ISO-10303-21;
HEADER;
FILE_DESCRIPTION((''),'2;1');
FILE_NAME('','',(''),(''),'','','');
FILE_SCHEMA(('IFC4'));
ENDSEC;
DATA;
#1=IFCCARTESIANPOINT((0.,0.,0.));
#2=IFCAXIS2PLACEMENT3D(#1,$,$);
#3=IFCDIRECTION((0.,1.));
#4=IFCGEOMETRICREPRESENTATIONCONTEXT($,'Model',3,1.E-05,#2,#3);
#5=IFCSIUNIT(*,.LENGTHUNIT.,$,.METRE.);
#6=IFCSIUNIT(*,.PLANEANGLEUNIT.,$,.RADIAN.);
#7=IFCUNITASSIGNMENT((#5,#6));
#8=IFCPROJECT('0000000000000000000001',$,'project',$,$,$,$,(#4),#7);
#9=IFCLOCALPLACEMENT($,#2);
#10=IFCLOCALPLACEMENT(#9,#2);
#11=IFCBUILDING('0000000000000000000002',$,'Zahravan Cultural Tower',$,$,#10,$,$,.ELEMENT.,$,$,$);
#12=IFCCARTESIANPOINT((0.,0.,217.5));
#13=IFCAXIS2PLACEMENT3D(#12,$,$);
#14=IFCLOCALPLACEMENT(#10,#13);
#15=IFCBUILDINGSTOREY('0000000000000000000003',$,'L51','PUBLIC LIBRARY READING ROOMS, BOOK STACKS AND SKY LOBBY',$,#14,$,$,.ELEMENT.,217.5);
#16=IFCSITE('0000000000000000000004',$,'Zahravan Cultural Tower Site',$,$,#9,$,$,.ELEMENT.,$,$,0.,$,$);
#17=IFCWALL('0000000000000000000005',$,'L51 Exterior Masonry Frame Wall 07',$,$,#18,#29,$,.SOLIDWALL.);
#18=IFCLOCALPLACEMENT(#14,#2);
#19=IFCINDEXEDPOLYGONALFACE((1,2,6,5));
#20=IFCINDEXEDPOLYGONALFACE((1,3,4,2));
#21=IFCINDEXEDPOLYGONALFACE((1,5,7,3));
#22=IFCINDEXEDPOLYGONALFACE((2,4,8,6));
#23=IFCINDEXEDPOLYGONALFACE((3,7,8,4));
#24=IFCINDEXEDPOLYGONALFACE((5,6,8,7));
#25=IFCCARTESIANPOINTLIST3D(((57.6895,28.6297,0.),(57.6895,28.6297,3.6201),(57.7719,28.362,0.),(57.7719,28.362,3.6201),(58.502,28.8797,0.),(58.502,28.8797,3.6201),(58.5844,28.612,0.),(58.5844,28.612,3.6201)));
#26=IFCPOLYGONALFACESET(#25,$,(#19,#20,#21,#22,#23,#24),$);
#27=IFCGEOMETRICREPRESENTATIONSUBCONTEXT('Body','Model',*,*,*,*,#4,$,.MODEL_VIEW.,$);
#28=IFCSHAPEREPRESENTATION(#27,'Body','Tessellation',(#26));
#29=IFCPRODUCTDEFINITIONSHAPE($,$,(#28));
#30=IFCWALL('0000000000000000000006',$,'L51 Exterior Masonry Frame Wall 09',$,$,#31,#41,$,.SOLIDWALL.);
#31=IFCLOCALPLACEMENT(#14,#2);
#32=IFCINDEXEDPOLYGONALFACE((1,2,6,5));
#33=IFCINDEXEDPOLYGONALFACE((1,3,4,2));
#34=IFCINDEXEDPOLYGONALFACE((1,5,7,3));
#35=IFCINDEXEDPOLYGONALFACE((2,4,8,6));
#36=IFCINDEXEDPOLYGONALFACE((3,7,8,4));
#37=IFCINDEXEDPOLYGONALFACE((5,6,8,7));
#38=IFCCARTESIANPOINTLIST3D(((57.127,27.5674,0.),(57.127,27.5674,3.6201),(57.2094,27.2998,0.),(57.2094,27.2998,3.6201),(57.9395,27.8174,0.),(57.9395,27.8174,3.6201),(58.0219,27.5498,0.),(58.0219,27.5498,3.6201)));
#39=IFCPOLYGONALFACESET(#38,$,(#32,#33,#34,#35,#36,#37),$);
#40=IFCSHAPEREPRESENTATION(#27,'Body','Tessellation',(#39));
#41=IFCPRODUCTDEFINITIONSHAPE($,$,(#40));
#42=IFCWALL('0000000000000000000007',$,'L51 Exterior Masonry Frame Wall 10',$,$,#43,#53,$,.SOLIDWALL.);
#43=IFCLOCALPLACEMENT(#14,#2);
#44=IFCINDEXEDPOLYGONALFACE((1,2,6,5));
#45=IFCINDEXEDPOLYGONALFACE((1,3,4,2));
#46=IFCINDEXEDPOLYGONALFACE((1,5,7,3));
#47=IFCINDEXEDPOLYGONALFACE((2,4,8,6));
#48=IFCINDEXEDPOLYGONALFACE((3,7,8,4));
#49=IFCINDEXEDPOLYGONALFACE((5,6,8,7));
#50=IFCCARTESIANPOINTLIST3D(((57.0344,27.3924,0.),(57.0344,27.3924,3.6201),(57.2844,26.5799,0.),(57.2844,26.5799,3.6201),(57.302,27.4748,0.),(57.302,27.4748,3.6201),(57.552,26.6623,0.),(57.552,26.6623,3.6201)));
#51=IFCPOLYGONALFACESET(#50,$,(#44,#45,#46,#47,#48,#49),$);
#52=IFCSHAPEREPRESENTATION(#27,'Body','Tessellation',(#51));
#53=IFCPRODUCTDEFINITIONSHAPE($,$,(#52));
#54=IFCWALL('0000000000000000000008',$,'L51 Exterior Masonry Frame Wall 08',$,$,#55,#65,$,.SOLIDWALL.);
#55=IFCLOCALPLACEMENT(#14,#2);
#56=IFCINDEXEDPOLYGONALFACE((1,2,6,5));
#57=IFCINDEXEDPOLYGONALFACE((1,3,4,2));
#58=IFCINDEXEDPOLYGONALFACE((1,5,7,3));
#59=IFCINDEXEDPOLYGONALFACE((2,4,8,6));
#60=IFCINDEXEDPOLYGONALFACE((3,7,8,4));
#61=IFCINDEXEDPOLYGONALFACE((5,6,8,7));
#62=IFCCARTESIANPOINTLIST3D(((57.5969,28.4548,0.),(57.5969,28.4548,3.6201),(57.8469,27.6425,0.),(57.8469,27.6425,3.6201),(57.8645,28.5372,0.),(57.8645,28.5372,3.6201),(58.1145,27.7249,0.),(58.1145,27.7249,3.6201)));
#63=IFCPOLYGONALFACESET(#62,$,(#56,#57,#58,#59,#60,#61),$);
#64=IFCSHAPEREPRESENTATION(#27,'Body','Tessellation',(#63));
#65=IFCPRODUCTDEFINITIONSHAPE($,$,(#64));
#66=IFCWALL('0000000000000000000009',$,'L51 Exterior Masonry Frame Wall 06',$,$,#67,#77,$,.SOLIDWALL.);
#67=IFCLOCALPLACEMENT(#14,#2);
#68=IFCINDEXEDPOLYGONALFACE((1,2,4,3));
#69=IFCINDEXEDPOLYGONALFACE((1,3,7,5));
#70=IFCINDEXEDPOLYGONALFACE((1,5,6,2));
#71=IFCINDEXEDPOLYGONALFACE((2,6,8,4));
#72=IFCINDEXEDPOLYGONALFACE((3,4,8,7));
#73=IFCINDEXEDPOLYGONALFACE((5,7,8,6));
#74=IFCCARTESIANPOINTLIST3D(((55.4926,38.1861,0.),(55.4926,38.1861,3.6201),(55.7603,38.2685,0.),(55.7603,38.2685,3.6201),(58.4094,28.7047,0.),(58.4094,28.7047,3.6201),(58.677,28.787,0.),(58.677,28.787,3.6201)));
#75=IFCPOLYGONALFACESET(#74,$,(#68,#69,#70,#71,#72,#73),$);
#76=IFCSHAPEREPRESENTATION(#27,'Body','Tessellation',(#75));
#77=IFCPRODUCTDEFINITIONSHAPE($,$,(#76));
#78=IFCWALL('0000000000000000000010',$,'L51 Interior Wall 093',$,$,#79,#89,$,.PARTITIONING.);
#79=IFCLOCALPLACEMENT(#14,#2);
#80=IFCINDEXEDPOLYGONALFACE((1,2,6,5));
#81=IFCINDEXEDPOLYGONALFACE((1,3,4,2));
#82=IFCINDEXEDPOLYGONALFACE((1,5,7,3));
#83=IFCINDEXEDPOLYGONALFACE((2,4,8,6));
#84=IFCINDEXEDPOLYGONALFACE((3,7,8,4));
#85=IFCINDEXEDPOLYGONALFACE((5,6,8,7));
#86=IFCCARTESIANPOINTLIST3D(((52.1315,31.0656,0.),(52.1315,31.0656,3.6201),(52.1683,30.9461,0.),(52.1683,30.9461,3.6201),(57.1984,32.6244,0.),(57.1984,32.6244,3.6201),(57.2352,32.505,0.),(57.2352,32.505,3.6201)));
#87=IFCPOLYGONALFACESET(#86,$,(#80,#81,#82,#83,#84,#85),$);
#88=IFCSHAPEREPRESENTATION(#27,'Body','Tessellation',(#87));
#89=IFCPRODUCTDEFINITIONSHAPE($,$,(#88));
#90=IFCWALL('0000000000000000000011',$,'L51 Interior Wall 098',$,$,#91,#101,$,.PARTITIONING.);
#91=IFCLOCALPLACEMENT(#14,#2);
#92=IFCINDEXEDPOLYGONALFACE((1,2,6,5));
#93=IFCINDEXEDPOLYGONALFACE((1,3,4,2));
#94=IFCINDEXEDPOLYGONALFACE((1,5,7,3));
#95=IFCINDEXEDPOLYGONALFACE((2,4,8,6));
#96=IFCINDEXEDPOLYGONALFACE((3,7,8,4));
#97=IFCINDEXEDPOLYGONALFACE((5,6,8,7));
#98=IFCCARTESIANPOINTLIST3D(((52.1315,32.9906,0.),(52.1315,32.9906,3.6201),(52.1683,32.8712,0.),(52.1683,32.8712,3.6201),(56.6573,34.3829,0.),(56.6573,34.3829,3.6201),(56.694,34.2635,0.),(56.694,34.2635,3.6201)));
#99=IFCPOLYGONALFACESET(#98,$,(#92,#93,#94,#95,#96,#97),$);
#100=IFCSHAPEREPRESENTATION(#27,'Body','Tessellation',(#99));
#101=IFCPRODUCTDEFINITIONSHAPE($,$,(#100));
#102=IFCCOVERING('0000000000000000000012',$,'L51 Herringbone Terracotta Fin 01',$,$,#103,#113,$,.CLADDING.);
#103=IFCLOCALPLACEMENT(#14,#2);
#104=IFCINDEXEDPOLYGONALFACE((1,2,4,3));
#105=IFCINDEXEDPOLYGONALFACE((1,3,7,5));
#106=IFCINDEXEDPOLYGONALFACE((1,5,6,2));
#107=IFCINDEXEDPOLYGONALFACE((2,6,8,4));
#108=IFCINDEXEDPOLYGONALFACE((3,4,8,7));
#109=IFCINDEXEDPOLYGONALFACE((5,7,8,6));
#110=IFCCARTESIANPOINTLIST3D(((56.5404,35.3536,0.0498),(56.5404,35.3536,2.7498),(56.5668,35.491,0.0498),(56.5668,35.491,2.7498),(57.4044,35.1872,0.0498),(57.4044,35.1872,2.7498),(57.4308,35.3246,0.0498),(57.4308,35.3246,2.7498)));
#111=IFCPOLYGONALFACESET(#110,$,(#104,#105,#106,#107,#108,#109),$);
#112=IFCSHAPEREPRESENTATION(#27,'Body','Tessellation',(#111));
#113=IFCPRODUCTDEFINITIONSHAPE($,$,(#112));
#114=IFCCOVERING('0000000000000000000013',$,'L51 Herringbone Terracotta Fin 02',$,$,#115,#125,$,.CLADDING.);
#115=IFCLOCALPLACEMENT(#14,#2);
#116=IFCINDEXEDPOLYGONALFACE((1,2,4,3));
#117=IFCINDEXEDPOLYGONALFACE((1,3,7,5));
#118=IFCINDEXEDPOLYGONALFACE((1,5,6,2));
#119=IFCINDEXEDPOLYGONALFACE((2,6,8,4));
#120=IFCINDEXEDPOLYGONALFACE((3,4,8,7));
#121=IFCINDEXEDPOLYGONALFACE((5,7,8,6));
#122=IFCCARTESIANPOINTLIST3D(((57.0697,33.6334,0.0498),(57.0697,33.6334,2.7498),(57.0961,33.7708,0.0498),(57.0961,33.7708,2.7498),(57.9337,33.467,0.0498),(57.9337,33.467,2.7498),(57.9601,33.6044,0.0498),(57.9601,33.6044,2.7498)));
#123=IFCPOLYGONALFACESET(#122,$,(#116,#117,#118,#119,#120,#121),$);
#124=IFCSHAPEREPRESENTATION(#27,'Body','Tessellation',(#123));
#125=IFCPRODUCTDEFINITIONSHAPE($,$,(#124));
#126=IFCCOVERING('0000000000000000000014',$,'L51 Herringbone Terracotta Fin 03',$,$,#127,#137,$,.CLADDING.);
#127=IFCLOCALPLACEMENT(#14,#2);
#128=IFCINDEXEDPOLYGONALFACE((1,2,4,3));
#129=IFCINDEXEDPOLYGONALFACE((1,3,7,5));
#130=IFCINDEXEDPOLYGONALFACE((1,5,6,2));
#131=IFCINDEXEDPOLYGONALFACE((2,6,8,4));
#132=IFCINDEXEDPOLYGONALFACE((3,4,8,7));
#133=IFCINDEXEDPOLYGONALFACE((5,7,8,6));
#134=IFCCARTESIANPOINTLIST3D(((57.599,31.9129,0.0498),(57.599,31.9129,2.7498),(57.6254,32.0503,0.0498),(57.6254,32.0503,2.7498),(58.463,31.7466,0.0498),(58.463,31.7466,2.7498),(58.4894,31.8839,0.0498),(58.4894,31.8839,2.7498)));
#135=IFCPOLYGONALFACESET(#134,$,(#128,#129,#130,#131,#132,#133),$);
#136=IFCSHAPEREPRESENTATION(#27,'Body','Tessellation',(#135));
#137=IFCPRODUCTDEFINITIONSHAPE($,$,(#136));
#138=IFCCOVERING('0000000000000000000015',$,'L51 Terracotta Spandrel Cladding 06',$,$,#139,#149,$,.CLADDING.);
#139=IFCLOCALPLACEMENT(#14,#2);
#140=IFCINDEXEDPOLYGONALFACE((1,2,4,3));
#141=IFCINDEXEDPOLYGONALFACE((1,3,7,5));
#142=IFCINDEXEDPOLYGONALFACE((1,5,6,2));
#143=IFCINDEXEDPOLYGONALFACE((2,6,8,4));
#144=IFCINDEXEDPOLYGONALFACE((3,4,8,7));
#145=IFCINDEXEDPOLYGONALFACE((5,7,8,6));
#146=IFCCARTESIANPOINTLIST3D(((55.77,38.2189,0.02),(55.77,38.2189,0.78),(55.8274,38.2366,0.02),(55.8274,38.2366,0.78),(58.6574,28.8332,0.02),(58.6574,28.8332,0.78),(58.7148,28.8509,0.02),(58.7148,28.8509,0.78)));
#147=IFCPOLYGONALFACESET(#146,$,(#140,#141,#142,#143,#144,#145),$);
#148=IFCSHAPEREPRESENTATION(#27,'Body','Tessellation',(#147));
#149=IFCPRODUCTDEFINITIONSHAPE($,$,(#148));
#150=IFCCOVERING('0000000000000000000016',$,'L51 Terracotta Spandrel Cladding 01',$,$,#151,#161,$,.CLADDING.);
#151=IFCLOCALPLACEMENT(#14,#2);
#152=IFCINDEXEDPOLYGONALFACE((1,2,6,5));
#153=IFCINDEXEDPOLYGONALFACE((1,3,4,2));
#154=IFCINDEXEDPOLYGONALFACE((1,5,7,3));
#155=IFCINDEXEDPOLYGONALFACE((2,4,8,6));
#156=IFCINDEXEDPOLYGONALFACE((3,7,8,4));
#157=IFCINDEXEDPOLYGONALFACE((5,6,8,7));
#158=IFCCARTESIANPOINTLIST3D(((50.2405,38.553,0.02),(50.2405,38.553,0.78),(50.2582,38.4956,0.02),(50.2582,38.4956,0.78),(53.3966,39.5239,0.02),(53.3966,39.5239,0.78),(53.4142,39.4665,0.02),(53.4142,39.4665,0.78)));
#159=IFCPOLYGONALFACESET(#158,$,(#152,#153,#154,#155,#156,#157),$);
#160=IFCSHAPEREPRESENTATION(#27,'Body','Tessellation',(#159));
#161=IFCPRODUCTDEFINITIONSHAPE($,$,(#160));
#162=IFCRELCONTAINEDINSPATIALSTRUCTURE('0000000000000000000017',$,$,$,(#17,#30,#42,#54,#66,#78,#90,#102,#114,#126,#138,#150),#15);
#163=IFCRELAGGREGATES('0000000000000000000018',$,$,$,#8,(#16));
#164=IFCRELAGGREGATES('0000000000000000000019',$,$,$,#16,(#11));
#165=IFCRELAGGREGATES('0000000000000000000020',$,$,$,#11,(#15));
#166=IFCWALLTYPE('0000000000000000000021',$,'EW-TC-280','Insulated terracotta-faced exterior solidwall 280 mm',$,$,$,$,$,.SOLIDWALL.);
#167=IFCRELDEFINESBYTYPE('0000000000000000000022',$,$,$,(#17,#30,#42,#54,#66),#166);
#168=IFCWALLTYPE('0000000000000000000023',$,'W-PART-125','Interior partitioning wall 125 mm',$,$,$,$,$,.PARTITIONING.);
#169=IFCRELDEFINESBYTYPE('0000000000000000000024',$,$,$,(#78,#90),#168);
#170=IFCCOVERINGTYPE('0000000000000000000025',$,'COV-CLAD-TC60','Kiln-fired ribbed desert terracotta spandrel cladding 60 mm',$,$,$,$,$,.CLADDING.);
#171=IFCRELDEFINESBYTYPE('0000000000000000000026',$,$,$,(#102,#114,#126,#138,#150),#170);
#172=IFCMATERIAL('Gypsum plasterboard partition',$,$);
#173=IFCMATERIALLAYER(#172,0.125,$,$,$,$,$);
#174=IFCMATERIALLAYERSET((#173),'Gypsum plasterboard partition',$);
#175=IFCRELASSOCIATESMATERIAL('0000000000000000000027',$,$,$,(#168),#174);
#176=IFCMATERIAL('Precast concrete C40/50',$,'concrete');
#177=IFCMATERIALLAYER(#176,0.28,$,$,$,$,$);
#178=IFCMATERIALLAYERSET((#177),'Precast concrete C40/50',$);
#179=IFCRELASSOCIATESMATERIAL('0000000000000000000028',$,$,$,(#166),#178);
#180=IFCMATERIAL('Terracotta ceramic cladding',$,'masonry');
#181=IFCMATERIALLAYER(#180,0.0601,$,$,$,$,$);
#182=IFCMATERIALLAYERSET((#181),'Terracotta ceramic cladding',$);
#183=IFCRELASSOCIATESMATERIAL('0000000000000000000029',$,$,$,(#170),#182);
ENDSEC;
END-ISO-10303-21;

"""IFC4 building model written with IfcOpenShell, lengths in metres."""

from ifc_helpers import new_model, si_unit, direction, frame, frame_2d, origin, origin_2d, place, context, subcontext, project, spatial, rectangle, extrude, source, transform, mapped, material, layer, layer_set, type_object, element, save


model = new_model("IFC4")

# Units and contexts
model_context = context("Model", 3, precision=1e-05, world=origin(), true_north=direction((0.0, 1.0)))
body_context = subcontext(model_context, "Body", "Model", "MODEL_VIEW")
ifc_project = project(units=[si_unit("LENGTHUNIT", "METRE"), si_unit("PLANEANGLEUNIT", "RADIAN")], contexts=[model_context])

# Site, building, storey
site_placement = place(None, origin())
site = spatial("IfcSite", under=ifc_project, at=site_placement, Name="Zahravan Cultural Tower Site", CompositionType="ELEMENT", RefElevation=0.0)
building_placement = place(site_placement, origin())
building = spatial("IfcBuilding", under=site, at=building_placement, Name="Zahravan Cultural Tower", CompositionType="ELEMENT")
storey_placement = place(building_placement, frame((0.0, 0.0, 217.5)))
storey = spatial("IfcBuildingStorey", under=building, at=storey_placement, Name="L51", Description="PUBLIC LIBRARY READING ROOMS, BOOK STACKS AND SKY LOBBY", CompositionType="ELEMENT", Elevation=217.5)

# Shared definitions
ifc_material_1 = material(Name="Gypsum plasterboard partition")
ifc_layer_1 = layer(ifc_material_1, 0.125)
ifc_layer_set_1 = layer_set([ifc_layer_1], Name="Gypsum plasterboard partition")
wall_type_1 = type_object("IfcWallType", Name="W-PART-125", Description="Interior partitioning wall 125 mm", PredefinedType="PARTITIONING", material=ifc_layer_set_1)

# Walls
ifc_material_2 = material(Name="Precast concrete C40/50", Category="concrete")
ifc_layer_2 = layer(ifc_material_2, 0.28)
ifc_layer_set_2 = layer_set([ifc_layer_2], Name="Precast concrete C40/50")
wall_type_2 = type_object("IfcWallType", Name="EW-TC-280", Description="Insulated terracotta-faced exterior solidwall 280 mm", PredefinedType="SOLIDWALL", material=ifc_layer_set_2)
shared_shape_1 = source(origin(), body_context, "Body", "SweptSolid", [
    extrude(rectangle(XDim=0.8501, YDim=0.28, at=frame_2d((0.425, 0.0))), origin(), (0.0, 0.0, 1.0), 3.6201),
])
for number, where, z_axis, x_axis, name in (
    (1, (58.5432, 28.7458, 0.0), (0.0, 0.0, 1.0), (-0.955779, -0.294086, 0.0), "L51 Exterior Masonry Frame Wall 07"),
    (2, (57.9807, 27.6836, 0.0), (0.0, 0.0, 1.0), (-0.955779, -0.294086, 0.0), "L51 Exterior Masonry Frame Wall 09"),
    (3, (57.1682, 27.4336, 0.0), (0.0, 0.0, 1.0), (0.294086, -0.955779, 0.0), "L51 Exterior Masonry Frame Wall 10"),
):
    element("IfcWall", number, at=place(storey_placement, frame(where, z_axis=z_axis, x_axis=x_axis)), inside=storey, type_object=wall_type_2, Name=name, PredefinedType="SOLIDWALL", context=body_context, shape_type="MappedRepresentation", body=[
        mapped(shared_shape_1, transform((0.0, 0.0, 0.0), x_axis=(1.0, 0.0, 0.0), y_axis=(0.0, 1.0, 0.0), z_axis=(0.0, 0.0, 1.0), scale=1.0)),
    ])
shared_shape_2 = source(origin(), body_context, "Body", "SweptSolid", [
    extrude(rectangle(XDim=0.8499, YDim=0.28, at=frame_2d((0.4248, 0.0))), origin(), (0.0, 0.0, 1.0), 3.6201),
])
wall_1_placement = place(storey_placement, frame((57.7307, 28.4958, 0.0), z_axis=(0.0, 0.0, 1.0), x_axis=(0.294167, -0.955754, 0.0)))
element("IfcWall", 4, at=wall_1_placement, inside=storey, type_object=wall_type_2, Name="L51 Exterior Masonry Frame Wall 08", PredefinedType="SOLIDWALL", context=body_context, shape_type="MappedRepresentation", body=[
    mapped(shared_shape_2, transform((0.0, 0.0, 0.0), x_axis=(1.0, 0.0, 0.0), y_axis=(0.0, 1.0, 0.0), z_axis=(0.0, 0.0, 1.0), scale=1.0)),
])
shared_shape_3 = source(origin(), body_context, "Body", "SweptSolid", [
    extrude(rectangle(XDim=9.9199, YDim=0.28, at=frame_2d((4.96, 0.0))), origin(), (0.0, 0.0, 1.0), 3.6201),
])
wall_2_placement = place(storey_placement, frame((55.6265, 38.2273, 0.0), z_axis=(0.0, 0.0, 1.0), x_axis=(0.294029, -0.955797, 0.0)))
element("IfcWall", 5, at=wall_2_placement, inside=storey, type_object=wall_type_2, Name="L51 Exterior Masonry Frame Wall 06", PredefinedType="SOLIDWALL", context=body_context, shape_type="MappedRepresentation", body=[
    mapped(shared_shape_3, transform((0.0, 0.0, 0.0), x_axis=(1.0, 0.0, 0.0), y_axis=(0.0, 1.0, 0.0), z_axis=(0.0, 0.0, 1.0), scale=1.0)),
])
shared_shape_4 = source(origin(), body_context, "Body", "SweptSolid", [
    extrude(rectangle(XDim=5.3013, YDim=0.125, at=frame_2d((2.6506, 0.0))), origin(), (0.0, 0.0, 1.0), 3.6201),
])
wall_3_placement = place(storey_placement, frame((52.1499, 31.0059, 0.0), z_axis=(0.0, 0.0, 1.0), x_axis=(0.95579, 0.29405, 0.0)))
element("IfcWall", 6, at=wall_3_placement, inside=storey, type_object=wall_type_1, Name="L51 Interior Wall 093", PredefinedType="PARTITIONING", context=body_context, shape_type="MappedRepresentation", body=[
    mapped(shared_shape_4, transform((0.0, 0.0, 0.0), x_axis=(1.0, 0.0, 0.0), y_axis=(0.0, 1.0, 0.0), z_axis=(0.0, 0.0, 1.0), scale=1.0)),
])
shared_shape_5 = source(origin(), body_context, "Body", "SweptSolid", [
    extrude(rectangle(XDim=4.7351, YDim=0.125, at=frame_2d((2.3677, 0.0))), origin(), (0.0, 0.0, 1.0), 3.6201),
])
wall_4_placement = place(storey_placement, frame((56.6758, 34.3232, 0.0), z_axis=(0.0, 0.0, 1.0), x_axis=(-0.955793, -0.294039, 0.0)))
element("IfcWall", 7, at=wall_4_placement, inside=storey, type_object=wall_type_1, Name="L51 Interior Wall 098", PredefinedType="PARTITIONING", context=body_context, shape_type="MappedRepresentation", body=[
    mapped(shared_shape_5, transform((0.0, 0.0, 0.0), x_axis=(1.0, 0.0, 0.0), y_axis=(0.0, 1.0, 0.0), z_axis=(0.0, 0.0, 1.0), scale=1.0)),
])

# Coverings
ifc_material_3 = material(Name="Terracotta ceramic cladding", Category="masonry")
ifc_layer_3 = layer(ifc_material_3, 0.0601)
ifc_layer_set_3 = layer_set([ifc_layer_3], Name="Terracotta ceramic cladding")
covering_type = type_object("IfcCoveringType", Name="COV-CLAD-TC60", Description="Kiln-fired ribbed desert terracotta spandrel cladding 60 mm", PredefinedType="CLADDING", material=ifc_layer_set_3)
shared_shape_6 = source(origin(), body_context, "Body", "SweptSolid", [
    extrude(rectangle(XDim=0.8799, YDim=0.1399, at=origin_2d()), origin(), (0.0, 0.0, 1.0), 2.7),
])
for number, where, z_axis, x_axis, name in (
    (8, (56.9856, 35.3391, 0.0498), (0.0, 0.0, 1.0), (0.981959, -0.189095, 0.0), "L51 Herringbone Terracotta Fin 01"),
    (9, (57.5149, 33.6189, 0.0498), (0.0, 0.0, 1.0), (0.981959, -0.189095, 0.0), "L51 Herringbone Terracotta Fin 02"),
    (10, (58.0442, 31.8984, 0.0498), (0.0, 0.0, 1.0), (0.981959, -0.189095, 0.0), "L51 Herringbone Terracotta Fin 03"),
):
    element("IfcCovering", number, at=place(storey_placement, frame(where, z_axis=z_axis, x_axis=x_axis)), inside=storey, type_object=covering_type, Name=name, PredefinedType="CLADDING", context=body_context, shape_type="MappedRepresentation", body=[
        mapped(shared_shape_6, transform((0.0, 0.0, 0.0), x_axis=(1.0, 0.0, 0.0), y_axis=(0.0, 1.0, 0.0), z_axis=(0.0, 0.0, 1.0), scale=1.0)),
    ])
shared_shape_7 = source(origin(), body_context, "Body", "SweptSolid", [
    extrude(rectangle(XDim=9.8198, YDim=0.0601, at=origin_2d()), origin(), (0.0, 0.0, 1.0), 0.76),
])
covering_1_placement = place(storey_placement, frame((57.2424, 33.5349, 0.02), z_axis=(0.0, 0.0, 1.0), x_axis=(0.29404, -0.955793, 0.0)))
element("IfcCovering", 11, at=covering_1_placement, inside=storey, type_object=covering_type, Name="L51 Terracotta Spandrel Cladding 06", PredefinedType="CLADDING", context=body_context, shape_type="MappedRepresentation", body=[
    mapped(shared_shape_7, transform((0.0, 0.0, 0.0), x_axis=(1.0, 0.0, 0.0), y_axis=(0.0, 1.0, 0.0), z_axis=(0.0, 0.0, 1.0), scale=1.0)),
])
shared_shape_8 = source(origin(), body_context, "Body", "SweptSolid", [
    extrude(rectangle(XDim=3.302, YDim=0.0601, at=origin_2d()), origin(), (0.0, 0.0, 1.0), 0.76),
])
covering_2_placement = place(storey_placement, frame((51.8274, 39.0098, 0.02), z_axis=(0.0, 0.0, 1.0), x_axis=(0.955793, 0.29404, 0.0)))
element("IfcCovering", 12, at=covering_2_placement, inside=storey, type_object=covering_type, Name="L51 Terracotta Spandrel Cladding 01", PredefinedType="CLADDING", context=body_context, shape_type="MappedRepresentation", body=[
    mapped(shared_shape_8, transform((0.0, 0.0, 0.0), x_axis=(1.0, 0.0, 0.0), y_axis=(0.0, 1.0, 0.0), z_axis=(0.0, 0.0, 1.0), scale=1.0)),
])

save(model, "model.ifc")
